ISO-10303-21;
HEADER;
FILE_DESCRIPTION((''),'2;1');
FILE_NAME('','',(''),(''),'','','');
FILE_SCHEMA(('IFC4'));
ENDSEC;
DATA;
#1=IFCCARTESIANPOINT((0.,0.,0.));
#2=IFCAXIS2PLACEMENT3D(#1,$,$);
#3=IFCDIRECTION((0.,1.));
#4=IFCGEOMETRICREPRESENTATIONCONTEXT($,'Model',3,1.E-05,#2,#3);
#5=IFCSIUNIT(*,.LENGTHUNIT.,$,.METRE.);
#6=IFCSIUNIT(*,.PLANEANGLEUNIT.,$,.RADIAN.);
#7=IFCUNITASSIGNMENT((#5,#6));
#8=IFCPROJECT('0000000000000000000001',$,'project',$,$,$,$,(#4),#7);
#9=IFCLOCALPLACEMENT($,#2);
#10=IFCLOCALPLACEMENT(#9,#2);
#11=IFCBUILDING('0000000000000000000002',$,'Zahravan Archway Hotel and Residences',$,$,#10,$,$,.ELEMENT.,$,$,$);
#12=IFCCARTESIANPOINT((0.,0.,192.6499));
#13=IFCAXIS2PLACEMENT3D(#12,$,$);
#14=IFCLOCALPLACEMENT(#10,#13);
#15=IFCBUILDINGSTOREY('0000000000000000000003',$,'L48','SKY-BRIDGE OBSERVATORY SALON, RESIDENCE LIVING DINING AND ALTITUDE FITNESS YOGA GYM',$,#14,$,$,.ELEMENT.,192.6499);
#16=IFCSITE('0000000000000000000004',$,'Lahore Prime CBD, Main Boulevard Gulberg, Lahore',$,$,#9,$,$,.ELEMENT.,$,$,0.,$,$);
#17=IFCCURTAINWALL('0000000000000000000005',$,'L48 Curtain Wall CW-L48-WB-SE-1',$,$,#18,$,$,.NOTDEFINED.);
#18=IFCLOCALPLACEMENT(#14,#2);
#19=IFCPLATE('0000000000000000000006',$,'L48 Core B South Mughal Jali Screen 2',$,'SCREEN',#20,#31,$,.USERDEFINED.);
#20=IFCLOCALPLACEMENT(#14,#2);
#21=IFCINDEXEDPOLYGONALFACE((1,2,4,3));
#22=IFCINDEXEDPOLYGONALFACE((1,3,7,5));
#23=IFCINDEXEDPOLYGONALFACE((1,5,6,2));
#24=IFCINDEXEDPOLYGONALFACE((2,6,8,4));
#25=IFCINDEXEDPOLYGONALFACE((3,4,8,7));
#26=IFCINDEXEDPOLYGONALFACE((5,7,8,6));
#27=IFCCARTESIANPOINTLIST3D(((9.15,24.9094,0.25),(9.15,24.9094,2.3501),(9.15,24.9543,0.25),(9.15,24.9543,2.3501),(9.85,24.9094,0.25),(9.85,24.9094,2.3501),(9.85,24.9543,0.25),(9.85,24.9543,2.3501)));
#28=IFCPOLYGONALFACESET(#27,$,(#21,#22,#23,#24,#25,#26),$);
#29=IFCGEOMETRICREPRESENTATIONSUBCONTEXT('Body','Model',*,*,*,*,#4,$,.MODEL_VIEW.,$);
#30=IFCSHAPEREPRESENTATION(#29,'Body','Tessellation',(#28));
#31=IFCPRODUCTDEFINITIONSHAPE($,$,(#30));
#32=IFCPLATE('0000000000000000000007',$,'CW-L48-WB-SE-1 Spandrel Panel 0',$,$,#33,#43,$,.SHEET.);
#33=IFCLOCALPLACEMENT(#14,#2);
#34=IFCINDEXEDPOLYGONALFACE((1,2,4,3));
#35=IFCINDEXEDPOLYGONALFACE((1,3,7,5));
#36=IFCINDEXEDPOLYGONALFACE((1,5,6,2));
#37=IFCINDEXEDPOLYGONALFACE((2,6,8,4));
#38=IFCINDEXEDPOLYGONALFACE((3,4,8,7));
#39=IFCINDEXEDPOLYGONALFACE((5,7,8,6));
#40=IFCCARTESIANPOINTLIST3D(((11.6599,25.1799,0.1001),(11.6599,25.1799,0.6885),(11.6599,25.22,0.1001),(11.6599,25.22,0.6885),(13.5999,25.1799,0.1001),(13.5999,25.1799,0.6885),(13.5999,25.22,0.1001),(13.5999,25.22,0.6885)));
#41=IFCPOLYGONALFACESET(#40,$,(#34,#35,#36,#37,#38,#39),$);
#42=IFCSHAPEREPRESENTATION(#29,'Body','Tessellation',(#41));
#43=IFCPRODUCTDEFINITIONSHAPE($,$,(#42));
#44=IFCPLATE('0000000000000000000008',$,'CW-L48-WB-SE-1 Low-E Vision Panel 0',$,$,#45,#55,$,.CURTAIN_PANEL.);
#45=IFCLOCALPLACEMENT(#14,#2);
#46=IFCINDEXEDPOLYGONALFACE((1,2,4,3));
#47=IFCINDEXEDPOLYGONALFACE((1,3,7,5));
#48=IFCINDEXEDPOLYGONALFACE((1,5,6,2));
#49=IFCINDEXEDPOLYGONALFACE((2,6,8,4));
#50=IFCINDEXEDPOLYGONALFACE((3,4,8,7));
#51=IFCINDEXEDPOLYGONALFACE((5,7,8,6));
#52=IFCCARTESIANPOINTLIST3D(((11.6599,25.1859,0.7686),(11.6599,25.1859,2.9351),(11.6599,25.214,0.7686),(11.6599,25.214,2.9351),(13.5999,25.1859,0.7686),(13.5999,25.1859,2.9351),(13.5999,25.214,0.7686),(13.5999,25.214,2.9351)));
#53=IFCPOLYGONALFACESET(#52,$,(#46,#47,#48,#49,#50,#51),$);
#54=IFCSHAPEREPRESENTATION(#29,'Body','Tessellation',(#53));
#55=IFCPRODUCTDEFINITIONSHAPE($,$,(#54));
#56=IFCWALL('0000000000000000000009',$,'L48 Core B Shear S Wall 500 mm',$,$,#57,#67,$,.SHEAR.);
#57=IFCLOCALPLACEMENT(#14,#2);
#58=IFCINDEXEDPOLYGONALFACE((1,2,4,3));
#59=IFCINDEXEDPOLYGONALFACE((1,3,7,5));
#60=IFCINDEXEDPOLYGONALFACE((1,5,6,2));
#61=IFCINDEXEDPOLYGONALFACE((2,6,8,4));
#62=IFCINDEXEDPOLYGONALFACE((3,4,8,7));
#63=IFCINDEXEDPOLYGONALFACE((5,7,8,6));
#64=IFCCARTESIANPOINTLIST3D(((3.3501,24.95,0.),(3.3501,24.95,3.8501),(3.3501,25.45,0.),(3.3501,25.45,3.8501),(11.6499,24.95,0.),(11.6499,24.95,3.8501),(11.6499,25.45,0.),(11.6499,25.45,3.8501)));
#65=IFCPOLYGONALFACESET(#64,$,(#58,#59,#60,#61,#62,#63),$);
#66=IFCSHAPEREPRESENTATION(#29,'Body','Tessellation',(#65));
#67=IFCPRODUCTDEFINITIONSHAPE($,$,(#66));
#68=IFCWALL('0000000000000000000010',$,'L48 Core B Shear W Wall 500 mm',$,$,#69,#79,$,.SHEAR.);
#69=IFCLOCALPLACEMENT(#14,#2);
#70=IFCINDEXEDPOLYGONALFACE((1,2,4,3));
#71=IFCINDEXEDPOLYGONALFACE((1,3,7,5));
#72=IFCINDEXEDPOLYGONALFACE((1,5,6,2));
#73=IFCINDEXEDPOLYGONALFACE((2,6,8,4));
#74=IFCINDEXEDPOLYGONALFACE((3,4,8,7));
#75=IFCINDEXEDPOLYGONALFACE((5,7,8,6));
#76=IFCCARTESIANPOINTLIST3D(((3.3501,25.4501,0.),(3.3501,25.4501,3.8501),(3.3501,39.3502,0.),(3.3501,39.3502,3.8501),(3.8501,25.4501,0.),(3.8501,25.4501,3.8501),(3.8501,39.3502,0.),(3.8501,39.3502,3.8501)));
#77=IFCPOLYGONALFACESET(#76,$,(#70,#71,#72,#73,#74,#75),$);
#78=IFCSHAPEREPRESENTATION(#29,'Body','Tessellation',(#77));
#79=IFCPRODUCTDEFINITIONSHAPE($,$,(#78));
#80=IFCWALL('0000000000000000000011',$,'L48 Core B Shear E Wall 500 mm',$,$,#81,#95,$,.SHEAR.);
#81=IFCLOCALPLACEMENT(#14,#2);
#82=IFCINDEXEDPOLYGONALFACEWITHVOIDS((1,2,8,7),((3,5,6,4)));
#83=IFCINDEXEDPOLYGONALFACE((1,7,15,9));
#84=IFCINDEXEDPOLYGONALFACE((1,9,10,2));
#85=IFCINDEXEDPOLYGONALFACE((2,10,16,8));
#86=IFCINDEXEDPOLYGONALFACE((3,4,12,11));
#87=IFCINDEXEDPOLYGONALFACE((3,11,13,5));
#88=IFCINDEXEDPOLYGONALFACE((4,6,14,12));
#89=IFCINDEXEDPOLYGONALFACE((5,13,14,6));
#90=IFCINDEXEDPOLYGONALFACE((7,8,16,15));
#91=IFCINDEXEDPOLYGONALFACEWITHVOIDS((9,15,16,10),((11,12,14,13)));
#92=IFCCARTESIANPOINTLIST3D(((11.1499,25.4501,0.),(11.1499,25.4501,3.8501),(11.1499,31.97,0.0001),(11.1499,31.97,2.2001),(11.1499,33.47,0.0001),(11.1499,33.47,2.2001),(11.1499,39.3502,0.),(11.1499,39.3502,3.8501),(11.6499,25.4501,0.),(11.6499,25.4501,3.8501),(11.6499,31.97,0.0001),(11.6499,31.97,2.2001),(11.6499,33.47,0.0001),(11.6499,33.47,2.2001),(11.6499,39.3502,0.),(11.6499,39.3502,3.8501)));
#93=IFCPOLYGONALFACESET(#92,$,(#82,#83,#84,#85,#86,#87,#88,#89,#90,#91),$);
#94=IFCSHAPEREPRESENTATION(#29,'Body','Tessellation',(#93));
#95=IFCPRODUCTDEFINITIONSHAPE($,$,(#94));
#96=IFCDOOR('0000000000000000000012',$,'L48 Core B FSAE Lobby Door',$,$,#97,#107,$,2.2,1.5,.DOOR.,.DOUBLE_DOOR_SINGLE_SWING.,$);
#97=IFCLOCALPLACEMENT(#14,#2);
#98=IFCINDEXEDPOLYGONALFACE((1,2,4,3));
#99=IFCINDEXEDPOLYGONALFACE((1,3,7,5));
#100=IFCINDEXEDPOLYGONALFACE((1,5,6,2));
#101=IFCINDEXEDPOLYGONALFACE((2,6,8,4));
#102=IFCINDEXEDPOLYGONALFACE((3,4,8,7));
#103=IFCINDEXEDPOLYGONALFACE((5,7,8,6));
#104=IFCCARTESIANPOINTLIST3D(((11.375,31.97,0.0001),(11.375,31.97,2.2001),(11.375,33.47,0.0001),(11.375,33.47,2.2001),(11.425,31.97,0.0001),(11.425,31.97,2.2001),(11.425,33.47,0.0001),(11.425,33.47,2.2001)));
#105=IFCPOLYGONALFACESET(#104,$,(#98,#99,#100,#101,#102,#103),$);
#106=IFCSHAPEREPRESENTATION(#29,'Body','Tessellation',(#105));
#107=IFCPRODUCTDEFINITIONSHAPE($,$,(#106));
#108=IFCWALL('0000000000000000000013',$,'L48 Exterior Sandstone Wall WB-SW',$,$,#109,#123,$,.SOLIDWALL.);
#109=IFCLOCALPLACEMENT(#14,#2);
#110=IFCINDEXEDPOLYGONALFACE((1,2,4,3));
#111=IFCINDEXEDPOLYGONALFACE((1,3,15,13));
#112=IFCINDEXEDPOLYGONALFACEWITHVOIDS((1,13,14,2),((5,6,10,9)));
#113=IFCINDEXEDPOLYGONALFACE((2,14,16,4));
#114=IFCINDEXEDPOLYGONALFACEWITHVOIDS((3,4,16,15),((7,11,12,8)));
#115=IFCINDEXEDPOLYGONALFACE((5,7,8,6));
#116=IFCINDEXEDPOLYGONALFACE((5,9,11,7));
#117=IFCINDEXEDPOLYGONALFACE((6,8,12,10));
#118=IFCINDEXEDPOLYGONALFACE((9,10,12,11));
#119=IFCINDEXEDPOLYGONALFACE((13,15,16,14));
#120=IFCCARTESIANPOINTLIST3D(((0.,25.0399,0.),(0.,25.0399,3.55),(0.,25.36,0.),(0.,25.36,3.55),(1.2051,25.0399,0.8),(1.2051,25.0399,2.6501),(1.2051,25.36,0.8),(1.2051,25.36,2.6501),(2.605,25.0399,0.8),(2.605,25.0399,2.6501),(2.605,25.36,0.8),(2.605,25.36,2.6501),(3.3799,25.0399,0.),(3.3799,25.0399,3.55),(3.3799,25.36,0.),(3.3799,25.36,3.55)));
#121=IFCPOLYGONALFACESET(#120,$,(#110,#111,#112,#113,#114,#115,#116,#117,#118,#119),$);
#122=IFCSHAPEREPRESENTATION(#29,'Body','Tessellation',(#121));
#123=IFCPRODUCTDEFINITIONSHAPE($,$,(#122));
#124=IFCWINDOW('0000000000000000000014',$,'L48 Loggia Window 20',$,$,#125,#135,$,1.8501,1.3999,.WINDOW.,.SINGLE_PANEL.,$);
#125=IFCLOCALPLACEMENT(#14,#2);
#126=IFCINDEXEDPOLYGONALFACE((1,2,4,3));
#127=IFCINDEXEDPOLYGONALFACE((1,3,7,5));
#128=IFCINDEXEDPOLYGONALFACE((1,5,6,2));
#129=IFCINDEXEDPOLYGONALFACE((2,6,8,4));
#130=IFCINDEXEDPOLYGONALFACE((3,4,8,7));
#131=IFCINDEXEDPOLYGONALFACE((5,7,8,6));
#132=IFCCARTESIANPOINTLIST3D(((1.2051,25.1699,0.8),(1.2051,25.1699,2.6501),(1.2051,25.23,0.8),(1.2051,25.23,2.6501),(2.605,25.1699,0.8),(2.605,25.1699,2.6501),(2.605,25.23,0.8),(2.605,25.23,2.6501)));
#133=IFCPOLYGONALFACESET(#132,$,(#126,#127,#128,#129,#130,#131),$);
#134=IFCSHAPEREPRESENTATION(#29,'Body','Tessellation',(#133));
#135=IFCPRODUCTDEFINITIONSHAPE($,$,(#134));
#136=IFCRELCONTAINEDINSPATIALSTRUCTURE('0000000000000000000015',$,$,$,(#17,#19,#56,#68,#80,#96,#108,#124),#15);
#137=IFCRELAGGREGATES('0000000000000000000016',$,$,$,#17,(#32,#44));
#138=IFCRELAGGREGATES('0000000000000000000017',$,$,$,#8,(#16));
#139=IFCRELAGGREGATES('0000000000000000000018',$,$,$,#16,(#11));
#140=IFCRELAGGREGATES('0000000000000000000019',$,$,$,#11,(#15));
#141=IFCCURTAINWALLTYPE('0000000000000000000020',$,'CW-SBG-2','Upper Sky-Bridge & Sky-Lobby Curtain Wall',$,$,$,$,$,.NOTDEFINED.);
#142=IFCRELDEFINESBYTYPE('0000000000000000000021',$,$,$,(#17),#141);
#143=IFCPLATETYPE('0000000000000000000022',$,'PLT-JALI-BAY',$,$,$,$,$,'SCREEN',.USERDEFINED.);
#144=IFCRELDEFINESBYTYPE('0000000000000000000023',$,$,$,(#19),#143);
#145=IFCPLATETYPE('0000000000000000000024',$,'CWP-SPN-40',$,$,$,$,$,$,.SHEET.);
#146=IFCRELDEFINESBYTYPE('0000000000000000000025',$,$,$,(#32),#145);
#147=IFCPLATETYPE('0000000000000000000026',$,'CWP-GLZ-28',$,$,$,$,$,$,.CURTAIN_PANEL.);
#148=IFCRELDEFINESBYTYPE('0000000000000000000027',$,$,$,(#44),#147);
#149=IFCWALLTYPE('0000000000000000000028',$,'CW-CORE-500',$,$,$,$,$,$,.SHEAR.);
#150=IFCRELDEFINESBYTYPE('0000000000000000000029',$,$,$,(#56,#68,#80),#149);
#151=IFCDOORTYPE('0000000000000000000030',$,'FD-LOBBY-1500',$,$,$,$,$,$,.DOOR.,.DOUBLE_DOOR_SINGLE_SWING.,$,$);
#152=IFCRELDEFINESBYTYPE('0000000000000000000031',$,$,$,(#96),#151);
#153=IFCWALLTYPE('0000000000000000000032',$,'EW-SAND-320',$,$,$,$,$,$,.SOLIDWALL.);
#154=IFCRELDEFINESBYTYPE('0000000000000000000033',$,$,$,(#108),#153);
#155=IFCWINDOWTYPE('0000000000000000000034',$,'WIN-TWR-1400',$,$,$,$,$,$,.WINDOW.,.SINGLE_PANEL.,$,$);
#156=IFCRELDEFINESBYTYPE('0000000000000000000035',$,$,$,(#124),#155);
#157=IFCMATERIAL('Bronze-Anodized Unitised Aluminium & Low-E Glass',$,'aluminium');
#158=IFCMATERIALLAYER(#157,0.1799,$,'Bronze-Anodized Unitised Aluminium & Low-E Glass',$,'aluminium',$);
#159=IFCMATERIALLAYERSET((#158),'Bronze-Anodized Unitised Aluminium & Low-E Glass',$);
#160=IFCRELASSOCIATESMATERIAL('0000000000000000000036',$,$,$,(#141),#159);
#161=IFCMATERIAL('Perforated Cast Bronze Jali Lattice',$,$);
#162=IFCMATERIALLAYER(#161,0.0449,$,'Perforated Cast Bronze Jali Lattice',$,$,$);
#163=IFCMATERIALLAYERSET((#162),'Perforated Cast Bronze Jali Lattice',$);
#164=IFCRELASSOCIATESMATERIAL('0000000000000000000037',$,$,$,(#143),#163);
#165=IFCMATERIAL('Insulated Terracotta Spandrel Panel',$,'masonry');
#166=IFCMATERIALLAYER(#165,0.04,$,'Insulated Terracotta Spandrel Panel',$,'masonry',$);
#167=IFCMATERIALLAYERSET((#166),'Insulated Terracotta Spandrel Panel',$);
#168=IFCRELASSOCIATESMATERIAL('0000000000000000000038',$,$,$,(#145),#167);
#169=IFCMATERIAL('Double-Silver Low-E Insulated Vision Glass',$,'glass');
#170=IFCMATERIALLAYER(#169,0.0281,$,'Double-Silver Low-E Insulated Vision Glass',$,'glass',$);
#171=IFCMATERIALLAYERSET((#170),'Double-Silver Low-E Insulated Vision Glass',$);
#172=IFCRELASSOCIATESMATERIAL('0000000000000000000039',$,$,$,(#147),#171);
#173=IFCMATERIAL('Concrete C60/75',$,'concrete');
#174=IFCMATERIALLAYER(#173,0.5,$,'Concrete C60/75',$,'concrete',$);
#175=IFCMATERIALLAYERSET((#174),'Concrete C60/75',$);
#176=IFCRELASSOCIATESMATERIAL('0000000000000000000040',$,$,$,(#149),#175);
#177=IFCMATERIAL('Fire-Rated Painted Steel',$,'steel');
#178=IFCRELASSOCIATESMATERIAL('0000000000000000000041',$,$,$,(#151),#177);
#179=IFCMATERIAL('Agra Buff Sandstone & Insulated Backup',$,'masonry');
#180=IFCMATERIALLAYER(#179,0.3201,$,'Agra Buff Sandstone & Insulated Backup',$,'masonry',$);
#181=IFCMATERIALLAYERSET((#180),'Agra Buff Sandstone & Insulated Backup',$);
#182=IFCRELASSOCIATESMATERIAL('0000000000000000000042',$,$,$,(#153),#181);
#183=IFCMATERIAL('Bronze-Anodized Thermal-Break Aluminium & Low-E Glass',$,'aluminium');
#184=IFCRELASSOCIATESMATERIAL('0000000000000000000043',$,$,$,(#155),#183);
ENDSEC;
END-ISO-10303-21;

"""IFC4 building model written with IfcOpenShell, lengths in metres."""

from ifc_helpers import new_model, si_unit, direction, frame, frame_2d, origin, origin_2d, place, context, subcontext, project, spatial, rectangle, extrude, source, transform, mapped, material, layer, layer_set, type_object, type_shapes, element, fill, aggregate, save


model = new_model("IFC4")

# Units and contexts
model_context = context("Model", 3, precision=1e-05, world=origin(), true_north=direction((0.0, 1.0)))
body_context = subcontext(model_context, "Body", "Model", "MODEL_VIEW")
ifc_project = project(units=[si_unit("LENGTHUNIT", "METRE"), si_unit("PLANEANGLEUNIT", "RADIAN")], contexts=[model_context])

# Site, building, storey
site_placement = place(None, origin())
site = spatial("IfcSite", under=ifc_project, at=site_placement, Name="Lahore Prime CBD, Main Boulevard Gulberg, Lahore", CompositionType="ELEMENT", RefElevation=0.0)
building_placement = place(site_placement, origin())
building = spatial("IfcBuilding", under=site, at=building_placement, Name="Zahravan Archway Hotel and Residences", CompositionType="ELEMENT")
storey_placement = place(building_placement, frame((0.0, 0.0, 192.6499)))
storey = spatial("IfcBuildingStorey", under=building, at=storey_placement, Name="L48", Description="SKY-BRIDGE OBSERVATORY SALON, RESIDENCE LIVING DINING AND ALTITUDE FITNESS YOGA GYM", CompositionType="ELEMENT", Elevation=192.6499)

# Shared definitions
ifc_material_1 = material(Name="Concrete C60/75", Category="concrete")

# Curtain wall
ifc_material_2 = material(Name="Bronze-Anodized Unitised Aluminium & Low-E Glass", Category="aluminium")
ifc_layer_1 = layer(ifc_material_2, 0.1799, Name="Bronze-Anodized Unitised Aluminium & Low-E Glass", Category="aluminium")
ifc_layer_set_1 = layer_set([ifc_layer_1], Name="Bronze-Anodized Unitised Aluminium & Low-E Glass")
curtain_wall_type = type_object("IfcCurtainWallType", Name="CW-SBG-2", Description="Upper Sky-Bridge & Sky-Lobby Curtain Wall", PredefinedType="NOTDEFINED", material=ifc_layer_set_1)
curtain_wall_placement = place(storey_placement, origin())
curtain_wall = element("IfcCurtainWall", 1, at=curtain_wall_placement, inside=storey, type_object=curtain_wall_type, Name="L48 Curtain Wall CW-L48-WB-SE-1", PredefinedType="NOTDEFINED")

# Plate
ifc_material_3 = material(Name="Perforated Cast Bronze Jali Lattice")
ifc_layer_2 = layer(ifc_material_3, 0.0449, Name="Perforated Cast Bronze Jali Lattice")
ifc_layer_set_2 = layer_set([ifc_layer_2], Name="Perforated Cast Bronze Jali Lattice")
plate_type_1 = type_object("IfcPlateType", Name="PLT-JALI-BAY", ElementType="SCREEN", PredefinedType="USERDEFINED", material=ifc_layer_set_2)
shared_shape_1 = source(origin(), body_context, "Body", "SweptSolid", [
    extrude(rectangle(XDim=0.7, YDim=0.0449, at=origin_2d()), origin(), (0.0, 0.0, 1.0), 2.1001),
])
type_shapes(plate_type_1, [shared_shape_1])
for number, where, z_axis, x_axis, name in (
    (2, (9.5, 24.9319, 0.25), (0.0, 0.0, 1.0), (1.0, 0.0, 0.0), "L48 Core B South Mughal Jali Screen 2"),
):
    element("IfcPlate", number, at=place(storey_placement, frame(where, z_axis=z_axis, x_axis=x_axis)), inside=storey, type_object=plate_type_1, Name=name, ObjectType="SCREEN", PredefinedType="USERDEFINED", context=body_context, shape_type="MappedRepresentation", body=[
        mapped(shared_shape_1, transform((0.0, 0.0, 0.0), scale=1.0)),
    ])

# Plates
ifc_material_4 = material(Name="Insulated Terracotta Spandrel Panel", Category="masonry")
ifc_layer_3 = layer(ifc_material_4, 0.04, Name="Insulated Terracotta Spandrel Panel", Category="masonry")
ifc_layer_set_3 = layer_set([ifc_layer_3], Name="Insulated Terracotta Spandrel Panel")
plate_type_2 = type_object("IfcPlateType", Name="CWP-SPN-40", PredefinedType="SHEET", material=ifc_layer_set_3)
shared_shape_2 = source(origin(), body_context, "Body", "SweptSolid", [
    extrude(rectangle(XDim=1.9399, YDim=0.04, at=origin_2d()), origin(), (0.0, 0.0, 1.0), 0.5884),
])
plate_1_placement = place(storey_placement, frame((12.6299, 25.2, 0.1001), z_axis=(0.0, 0.0, 1.0), x_axis=(1.0, 0.0, 0.0)))
plate_1 = element("IfcPlate", 3, at=plate_1_placement, type_object=plate_type_2, Name="CW-L48-WB-SE-1 Spandrel Panel 0", PredefinedType="SHEET", context=body_context, shape_type="MappedRepresentation", body=[
    mapped(shared_shape_2, transform((0.0, 0.0, 0.0), scale=1.0)),
])
ifc_material_5 = material(Name="Double-Silver Low-E Insulated Vision Glass", Category="glass")
ifc_layer_4 = layer(ifc_material_5, 0.0281, Name="Double-Silver Low-E Insulated Vision Glass", Category="glass")
ifc_layer_set_4 = layer_set([ifc_layer_4], Name="Double-Silver Low-E Insulated Vision Glass")
plate_type_3 = type_object("IfcPlateType", Name="CWP-GLZ-28", PredefinedType="CURTAIN_PANEL", material=ifc_layer_set_4)
shared_shape_3 = source(origin(), body_context, "Body", "SweptSolid", [
    extrude(rectangle(XDim=1.9399, YDim=0.0281, at=origin_2d()), origin(), (0.0, 0.0, 1.0), 2.1665),
])
plate_2_placement = place(storey_placement, frame((12.6299, 25.2, 0.7686), z_axis=(0.0, 0.0, 1.0), x_axis=(1.0, 0.0, 0.0)))
plate_2 = element("IfcPlate", 4, at=plate_2_placement, type_object=plate_type_3, Name="CW-L48-WB-SE-1 Low-E Vision Panel 0", PredefinedType="CURTAIN_PANEL", context=body_context, shape_type="MappedRepresentation", body=[
    mapped(shared_shape_3, transform((0.0, 0.0, 0.0), scale=1.0)),
])
aggregate(curtain_wall, [plate_1, plate_2])

# Walls
ifc_layer_5 = layer(ifc_material_1, 0.5, Name="Concrete C60/75", Category="concrete")
ifc_layer_set_5 = layer_set([ifc_layer_5], Name="Concrete C60/75")
wall_type_1 = type_object("IfcWallType", Name="CW-CORE-500", PredefinedType="SHEAR", material=ifc_layer_set_5)
wall_1_placement = place(storey_placement, frame((3.3501, 25.2, 0.0), z_axis=(0.0, 0.0, 1.0), x_axis=(1.0, 0.0, 0.0)))
element("IfcWall", 5, at=wall_1_placement, inside=storey, type_object=wall_type_1, Name="L48 Core B Shear S Wall 500 mm", PredefinedType="SHEAR", context=body_context, shape_type="SweptSolid", body=[
    extrude(rectangle(XDim=8.2998, YDim=0.5, at=frame_2d((4.1499, 0.0))), origin(), (0.0, 0.0, 1.0), 3.8501),
])
wall_2_placement = place(storey_placement, frame((3.6001, 25.45, 0.0), z_axis=(0.0, 0.0, 1.0), x_axis=(0.0, 1.0, 0.0)))
element("IfcWall", 6, at=wall_2_placement, inside=storey, type_object=wall_type_1, Name="L48 Core B Shear W Wall 500 mm", PredefinedType="SHEAR", context=body_context, shape_type="SweptSolid", body=[
    extrude(rectangle(XDim=13.9001, YDim=0.5, at=frame_2d((6.9502, 0.0))), origin(), (0.0, 0.0, 1.0), 3.8501),
])

# Wall, opening, door
wall_3_placement = place(storey_placement, frame((11.3999, 25.45, 0.0), z_axis=(0.0, 0.0, 1.0), x_axis=(0.0, 1.0, 0.0)))
wall_3 = element("IfcWall", 7, at=wall_3_placement, inside=storey, type_object=wall_type_1, Name="L48 Core B Shear E Wall 500 mm", PredefinedType="SHEAR", context=body_context, shape_type="SweptSolid", body=[
    extrude(rectangle(XDim=13.9001, YDim=0.5, at=frame_2d((6.9502, 0.0))), origin(), (0.0, 0.0, 1.0), 3.8501),
])
opening_1_placement = place(wall_3_placement, frame((6.52, 0.0, 0.0)))
opening_1 = element("IfcOpeningElement", 8, at=opening_1_placement, cuts=wall_3, PredefinedType="OPENING", context=body_context, shape_type="SweptSolid", body=[
    extrude(rectangle(XDim=1.5, YDim=2.2, at=frame_2d((0.75, 1.1001))), frame((0.0, 0.26, 0.0), z_axis=(0.0, -1.0, 0.0), x_axis=(1.0, 0.0, 0.0)), (0.0, 0.0, 1.0), 0.52),
])
ifc_material_6 = material(Name="Fire-Rated Painted Steel", Category="steel")
door_type_1 = type_object("IfcDoorType", Name="FD-LOBBY-1500", OperationType="DOUBLE_DOOR_SINGLE_SWING", PredefinedType="DOOR", material=ifc_material_6)
shared_shape_4 = source(origin(), body_context, "Body", "SweptSolid", [
    extrude(rectangle(XDim=1.5, YDim=2.2, at=frame_2d((0.75, 1.1001))), frame((0.0, 0.0249, 0.0), z_axis=(0.0, -1.0, 0.0), x_axis=(1.0, 0.0, 0.0)), (0.0, 0.0, 1.0), 0.05),
])
type_shapes(door_type_1, [shared_shape_4])
door_1_placement = place(opening_1_placement, origin())
door_1 = element("IfcDoor", 9, at=door_1_placement, inside=storey, type_object=door_type_1, Name="L48 Core B FSAE Lobby Door", OperationType="DOUBLE_DOOR_SINGLE_SWING", OverallHeight=2.2, OverallWidth=1.5, PredefinedType="DOOR", context=body_context, shape_type="MappedRepresentation", body=[
    mapped(shared_shape_4, transform((0.0, 0.0, 0.0), scale=1.0)),
])
fill(opening_1, door_1)

# Wall, opening, window
ifc_material_7 = material(Name="Agra Buff Sandstone & Insulated Backup", Category="masonry")
ifc_layer_6 = layer(ifc_material_7, 0.3201, Name="Agra Buff Sandstone & Insulated Backup", Category="masonry")
ifc_layer_set_6 = layer_set([ifc_layer_6], Name="Agra Buff Sandstone & Insulated Backup")
wall_type_2 = type_object("IfcWallType", Name="EW-SAND-320", PredefinedType="SOLIDWALL", material=ifc_layer_set_6)
wall_4_placement = place(storey_placement, frame((0.0, 25.2, 0.0), z_axis=(0.0, 0.0, 1.0), x_axis=(1.0, 0.0, 0.0)))
wall_4 = element("IfcWall", 10, at=wall_4_placement, inside=storey, type_object=wall_type_2, Name="L48 Exterior Sandstone Wall WB-SW", PredefinedType="SOLIDWALL", context=body_context, shape_type="SweptSolid", body=[
    extrude(rectangle(XDim=3.3799, YDim=0.3201, at=frame_2d((1.6899, 0.0))), origin(), (0.0, 0.0, 1.0), 3.55),
])
opening_2_placement = place(wall_4_placement, frame((1.2051, 0.0, 0.8)))
opening_2 = element("IfcOpeningElement", 11, at=opening_2_placement, cuts=wall_4, PredefinedType="OPENING", context=body_context, shape_type="SweptSolid", body=[
    extrude(rectangle(XDim=1.3999, YDim=1.8501, at=frame_2d((0.7, 0.925))), frame((0.0, 0.1699, 0.0), z_axis=(0.0, -1.0, 0.0), x_axis=(1.0, 0.0, 0.0)), (0.0, 0.0, 1.0), 0.3401),
])
ifc_material_8 = material(Name="Bronze-Anodized Thermal-Break Aluminium & Low-E Glass", Category="aluminium")
window_type_1 = type_object("IfcWindowType", Name="WIN-TWR-1400", PartitioningType="SINGLE_PANEL", PredefinedType="WINDOW", material=ifc_material_8)
shared_shape_5 = source(origin(), body_context, "Body", "SweptSolid", [
    extrude(rectangle(XDim=1.3999, YDim=1.8501, at=frame_2d((0.7, 0.925))), frame((0.0, 0.03, 0.0), z_axis=(0.0, -1.0, 0.0), x_axis=(1.0, 0.0, 0.0)), (0.0, 0.0, 1.0), 0.0601),
])
type_shapes(window_type_1, [shared_shape_5])
window_1_placement = place(opening_2_placement, origin())
window_1 = element("IfcWindow", 12, at=window_1_placement, inside=storey, type_object=window_type_1, Name="L48 Loggia Window 20", OverallHeight=1.8501, OverallWidth=1.3999, PartitioningType="SINGLE_PANEL", PredefinedType="WINDOW", context=body_context, shape_type="MappedRepresentation", body=[
    mapped(shared_shape_5, transform((0.0, 0.0, 0.0), scale=1.0)),
])
fill(opening_2, window_1)

save(model, "model.ifc")
